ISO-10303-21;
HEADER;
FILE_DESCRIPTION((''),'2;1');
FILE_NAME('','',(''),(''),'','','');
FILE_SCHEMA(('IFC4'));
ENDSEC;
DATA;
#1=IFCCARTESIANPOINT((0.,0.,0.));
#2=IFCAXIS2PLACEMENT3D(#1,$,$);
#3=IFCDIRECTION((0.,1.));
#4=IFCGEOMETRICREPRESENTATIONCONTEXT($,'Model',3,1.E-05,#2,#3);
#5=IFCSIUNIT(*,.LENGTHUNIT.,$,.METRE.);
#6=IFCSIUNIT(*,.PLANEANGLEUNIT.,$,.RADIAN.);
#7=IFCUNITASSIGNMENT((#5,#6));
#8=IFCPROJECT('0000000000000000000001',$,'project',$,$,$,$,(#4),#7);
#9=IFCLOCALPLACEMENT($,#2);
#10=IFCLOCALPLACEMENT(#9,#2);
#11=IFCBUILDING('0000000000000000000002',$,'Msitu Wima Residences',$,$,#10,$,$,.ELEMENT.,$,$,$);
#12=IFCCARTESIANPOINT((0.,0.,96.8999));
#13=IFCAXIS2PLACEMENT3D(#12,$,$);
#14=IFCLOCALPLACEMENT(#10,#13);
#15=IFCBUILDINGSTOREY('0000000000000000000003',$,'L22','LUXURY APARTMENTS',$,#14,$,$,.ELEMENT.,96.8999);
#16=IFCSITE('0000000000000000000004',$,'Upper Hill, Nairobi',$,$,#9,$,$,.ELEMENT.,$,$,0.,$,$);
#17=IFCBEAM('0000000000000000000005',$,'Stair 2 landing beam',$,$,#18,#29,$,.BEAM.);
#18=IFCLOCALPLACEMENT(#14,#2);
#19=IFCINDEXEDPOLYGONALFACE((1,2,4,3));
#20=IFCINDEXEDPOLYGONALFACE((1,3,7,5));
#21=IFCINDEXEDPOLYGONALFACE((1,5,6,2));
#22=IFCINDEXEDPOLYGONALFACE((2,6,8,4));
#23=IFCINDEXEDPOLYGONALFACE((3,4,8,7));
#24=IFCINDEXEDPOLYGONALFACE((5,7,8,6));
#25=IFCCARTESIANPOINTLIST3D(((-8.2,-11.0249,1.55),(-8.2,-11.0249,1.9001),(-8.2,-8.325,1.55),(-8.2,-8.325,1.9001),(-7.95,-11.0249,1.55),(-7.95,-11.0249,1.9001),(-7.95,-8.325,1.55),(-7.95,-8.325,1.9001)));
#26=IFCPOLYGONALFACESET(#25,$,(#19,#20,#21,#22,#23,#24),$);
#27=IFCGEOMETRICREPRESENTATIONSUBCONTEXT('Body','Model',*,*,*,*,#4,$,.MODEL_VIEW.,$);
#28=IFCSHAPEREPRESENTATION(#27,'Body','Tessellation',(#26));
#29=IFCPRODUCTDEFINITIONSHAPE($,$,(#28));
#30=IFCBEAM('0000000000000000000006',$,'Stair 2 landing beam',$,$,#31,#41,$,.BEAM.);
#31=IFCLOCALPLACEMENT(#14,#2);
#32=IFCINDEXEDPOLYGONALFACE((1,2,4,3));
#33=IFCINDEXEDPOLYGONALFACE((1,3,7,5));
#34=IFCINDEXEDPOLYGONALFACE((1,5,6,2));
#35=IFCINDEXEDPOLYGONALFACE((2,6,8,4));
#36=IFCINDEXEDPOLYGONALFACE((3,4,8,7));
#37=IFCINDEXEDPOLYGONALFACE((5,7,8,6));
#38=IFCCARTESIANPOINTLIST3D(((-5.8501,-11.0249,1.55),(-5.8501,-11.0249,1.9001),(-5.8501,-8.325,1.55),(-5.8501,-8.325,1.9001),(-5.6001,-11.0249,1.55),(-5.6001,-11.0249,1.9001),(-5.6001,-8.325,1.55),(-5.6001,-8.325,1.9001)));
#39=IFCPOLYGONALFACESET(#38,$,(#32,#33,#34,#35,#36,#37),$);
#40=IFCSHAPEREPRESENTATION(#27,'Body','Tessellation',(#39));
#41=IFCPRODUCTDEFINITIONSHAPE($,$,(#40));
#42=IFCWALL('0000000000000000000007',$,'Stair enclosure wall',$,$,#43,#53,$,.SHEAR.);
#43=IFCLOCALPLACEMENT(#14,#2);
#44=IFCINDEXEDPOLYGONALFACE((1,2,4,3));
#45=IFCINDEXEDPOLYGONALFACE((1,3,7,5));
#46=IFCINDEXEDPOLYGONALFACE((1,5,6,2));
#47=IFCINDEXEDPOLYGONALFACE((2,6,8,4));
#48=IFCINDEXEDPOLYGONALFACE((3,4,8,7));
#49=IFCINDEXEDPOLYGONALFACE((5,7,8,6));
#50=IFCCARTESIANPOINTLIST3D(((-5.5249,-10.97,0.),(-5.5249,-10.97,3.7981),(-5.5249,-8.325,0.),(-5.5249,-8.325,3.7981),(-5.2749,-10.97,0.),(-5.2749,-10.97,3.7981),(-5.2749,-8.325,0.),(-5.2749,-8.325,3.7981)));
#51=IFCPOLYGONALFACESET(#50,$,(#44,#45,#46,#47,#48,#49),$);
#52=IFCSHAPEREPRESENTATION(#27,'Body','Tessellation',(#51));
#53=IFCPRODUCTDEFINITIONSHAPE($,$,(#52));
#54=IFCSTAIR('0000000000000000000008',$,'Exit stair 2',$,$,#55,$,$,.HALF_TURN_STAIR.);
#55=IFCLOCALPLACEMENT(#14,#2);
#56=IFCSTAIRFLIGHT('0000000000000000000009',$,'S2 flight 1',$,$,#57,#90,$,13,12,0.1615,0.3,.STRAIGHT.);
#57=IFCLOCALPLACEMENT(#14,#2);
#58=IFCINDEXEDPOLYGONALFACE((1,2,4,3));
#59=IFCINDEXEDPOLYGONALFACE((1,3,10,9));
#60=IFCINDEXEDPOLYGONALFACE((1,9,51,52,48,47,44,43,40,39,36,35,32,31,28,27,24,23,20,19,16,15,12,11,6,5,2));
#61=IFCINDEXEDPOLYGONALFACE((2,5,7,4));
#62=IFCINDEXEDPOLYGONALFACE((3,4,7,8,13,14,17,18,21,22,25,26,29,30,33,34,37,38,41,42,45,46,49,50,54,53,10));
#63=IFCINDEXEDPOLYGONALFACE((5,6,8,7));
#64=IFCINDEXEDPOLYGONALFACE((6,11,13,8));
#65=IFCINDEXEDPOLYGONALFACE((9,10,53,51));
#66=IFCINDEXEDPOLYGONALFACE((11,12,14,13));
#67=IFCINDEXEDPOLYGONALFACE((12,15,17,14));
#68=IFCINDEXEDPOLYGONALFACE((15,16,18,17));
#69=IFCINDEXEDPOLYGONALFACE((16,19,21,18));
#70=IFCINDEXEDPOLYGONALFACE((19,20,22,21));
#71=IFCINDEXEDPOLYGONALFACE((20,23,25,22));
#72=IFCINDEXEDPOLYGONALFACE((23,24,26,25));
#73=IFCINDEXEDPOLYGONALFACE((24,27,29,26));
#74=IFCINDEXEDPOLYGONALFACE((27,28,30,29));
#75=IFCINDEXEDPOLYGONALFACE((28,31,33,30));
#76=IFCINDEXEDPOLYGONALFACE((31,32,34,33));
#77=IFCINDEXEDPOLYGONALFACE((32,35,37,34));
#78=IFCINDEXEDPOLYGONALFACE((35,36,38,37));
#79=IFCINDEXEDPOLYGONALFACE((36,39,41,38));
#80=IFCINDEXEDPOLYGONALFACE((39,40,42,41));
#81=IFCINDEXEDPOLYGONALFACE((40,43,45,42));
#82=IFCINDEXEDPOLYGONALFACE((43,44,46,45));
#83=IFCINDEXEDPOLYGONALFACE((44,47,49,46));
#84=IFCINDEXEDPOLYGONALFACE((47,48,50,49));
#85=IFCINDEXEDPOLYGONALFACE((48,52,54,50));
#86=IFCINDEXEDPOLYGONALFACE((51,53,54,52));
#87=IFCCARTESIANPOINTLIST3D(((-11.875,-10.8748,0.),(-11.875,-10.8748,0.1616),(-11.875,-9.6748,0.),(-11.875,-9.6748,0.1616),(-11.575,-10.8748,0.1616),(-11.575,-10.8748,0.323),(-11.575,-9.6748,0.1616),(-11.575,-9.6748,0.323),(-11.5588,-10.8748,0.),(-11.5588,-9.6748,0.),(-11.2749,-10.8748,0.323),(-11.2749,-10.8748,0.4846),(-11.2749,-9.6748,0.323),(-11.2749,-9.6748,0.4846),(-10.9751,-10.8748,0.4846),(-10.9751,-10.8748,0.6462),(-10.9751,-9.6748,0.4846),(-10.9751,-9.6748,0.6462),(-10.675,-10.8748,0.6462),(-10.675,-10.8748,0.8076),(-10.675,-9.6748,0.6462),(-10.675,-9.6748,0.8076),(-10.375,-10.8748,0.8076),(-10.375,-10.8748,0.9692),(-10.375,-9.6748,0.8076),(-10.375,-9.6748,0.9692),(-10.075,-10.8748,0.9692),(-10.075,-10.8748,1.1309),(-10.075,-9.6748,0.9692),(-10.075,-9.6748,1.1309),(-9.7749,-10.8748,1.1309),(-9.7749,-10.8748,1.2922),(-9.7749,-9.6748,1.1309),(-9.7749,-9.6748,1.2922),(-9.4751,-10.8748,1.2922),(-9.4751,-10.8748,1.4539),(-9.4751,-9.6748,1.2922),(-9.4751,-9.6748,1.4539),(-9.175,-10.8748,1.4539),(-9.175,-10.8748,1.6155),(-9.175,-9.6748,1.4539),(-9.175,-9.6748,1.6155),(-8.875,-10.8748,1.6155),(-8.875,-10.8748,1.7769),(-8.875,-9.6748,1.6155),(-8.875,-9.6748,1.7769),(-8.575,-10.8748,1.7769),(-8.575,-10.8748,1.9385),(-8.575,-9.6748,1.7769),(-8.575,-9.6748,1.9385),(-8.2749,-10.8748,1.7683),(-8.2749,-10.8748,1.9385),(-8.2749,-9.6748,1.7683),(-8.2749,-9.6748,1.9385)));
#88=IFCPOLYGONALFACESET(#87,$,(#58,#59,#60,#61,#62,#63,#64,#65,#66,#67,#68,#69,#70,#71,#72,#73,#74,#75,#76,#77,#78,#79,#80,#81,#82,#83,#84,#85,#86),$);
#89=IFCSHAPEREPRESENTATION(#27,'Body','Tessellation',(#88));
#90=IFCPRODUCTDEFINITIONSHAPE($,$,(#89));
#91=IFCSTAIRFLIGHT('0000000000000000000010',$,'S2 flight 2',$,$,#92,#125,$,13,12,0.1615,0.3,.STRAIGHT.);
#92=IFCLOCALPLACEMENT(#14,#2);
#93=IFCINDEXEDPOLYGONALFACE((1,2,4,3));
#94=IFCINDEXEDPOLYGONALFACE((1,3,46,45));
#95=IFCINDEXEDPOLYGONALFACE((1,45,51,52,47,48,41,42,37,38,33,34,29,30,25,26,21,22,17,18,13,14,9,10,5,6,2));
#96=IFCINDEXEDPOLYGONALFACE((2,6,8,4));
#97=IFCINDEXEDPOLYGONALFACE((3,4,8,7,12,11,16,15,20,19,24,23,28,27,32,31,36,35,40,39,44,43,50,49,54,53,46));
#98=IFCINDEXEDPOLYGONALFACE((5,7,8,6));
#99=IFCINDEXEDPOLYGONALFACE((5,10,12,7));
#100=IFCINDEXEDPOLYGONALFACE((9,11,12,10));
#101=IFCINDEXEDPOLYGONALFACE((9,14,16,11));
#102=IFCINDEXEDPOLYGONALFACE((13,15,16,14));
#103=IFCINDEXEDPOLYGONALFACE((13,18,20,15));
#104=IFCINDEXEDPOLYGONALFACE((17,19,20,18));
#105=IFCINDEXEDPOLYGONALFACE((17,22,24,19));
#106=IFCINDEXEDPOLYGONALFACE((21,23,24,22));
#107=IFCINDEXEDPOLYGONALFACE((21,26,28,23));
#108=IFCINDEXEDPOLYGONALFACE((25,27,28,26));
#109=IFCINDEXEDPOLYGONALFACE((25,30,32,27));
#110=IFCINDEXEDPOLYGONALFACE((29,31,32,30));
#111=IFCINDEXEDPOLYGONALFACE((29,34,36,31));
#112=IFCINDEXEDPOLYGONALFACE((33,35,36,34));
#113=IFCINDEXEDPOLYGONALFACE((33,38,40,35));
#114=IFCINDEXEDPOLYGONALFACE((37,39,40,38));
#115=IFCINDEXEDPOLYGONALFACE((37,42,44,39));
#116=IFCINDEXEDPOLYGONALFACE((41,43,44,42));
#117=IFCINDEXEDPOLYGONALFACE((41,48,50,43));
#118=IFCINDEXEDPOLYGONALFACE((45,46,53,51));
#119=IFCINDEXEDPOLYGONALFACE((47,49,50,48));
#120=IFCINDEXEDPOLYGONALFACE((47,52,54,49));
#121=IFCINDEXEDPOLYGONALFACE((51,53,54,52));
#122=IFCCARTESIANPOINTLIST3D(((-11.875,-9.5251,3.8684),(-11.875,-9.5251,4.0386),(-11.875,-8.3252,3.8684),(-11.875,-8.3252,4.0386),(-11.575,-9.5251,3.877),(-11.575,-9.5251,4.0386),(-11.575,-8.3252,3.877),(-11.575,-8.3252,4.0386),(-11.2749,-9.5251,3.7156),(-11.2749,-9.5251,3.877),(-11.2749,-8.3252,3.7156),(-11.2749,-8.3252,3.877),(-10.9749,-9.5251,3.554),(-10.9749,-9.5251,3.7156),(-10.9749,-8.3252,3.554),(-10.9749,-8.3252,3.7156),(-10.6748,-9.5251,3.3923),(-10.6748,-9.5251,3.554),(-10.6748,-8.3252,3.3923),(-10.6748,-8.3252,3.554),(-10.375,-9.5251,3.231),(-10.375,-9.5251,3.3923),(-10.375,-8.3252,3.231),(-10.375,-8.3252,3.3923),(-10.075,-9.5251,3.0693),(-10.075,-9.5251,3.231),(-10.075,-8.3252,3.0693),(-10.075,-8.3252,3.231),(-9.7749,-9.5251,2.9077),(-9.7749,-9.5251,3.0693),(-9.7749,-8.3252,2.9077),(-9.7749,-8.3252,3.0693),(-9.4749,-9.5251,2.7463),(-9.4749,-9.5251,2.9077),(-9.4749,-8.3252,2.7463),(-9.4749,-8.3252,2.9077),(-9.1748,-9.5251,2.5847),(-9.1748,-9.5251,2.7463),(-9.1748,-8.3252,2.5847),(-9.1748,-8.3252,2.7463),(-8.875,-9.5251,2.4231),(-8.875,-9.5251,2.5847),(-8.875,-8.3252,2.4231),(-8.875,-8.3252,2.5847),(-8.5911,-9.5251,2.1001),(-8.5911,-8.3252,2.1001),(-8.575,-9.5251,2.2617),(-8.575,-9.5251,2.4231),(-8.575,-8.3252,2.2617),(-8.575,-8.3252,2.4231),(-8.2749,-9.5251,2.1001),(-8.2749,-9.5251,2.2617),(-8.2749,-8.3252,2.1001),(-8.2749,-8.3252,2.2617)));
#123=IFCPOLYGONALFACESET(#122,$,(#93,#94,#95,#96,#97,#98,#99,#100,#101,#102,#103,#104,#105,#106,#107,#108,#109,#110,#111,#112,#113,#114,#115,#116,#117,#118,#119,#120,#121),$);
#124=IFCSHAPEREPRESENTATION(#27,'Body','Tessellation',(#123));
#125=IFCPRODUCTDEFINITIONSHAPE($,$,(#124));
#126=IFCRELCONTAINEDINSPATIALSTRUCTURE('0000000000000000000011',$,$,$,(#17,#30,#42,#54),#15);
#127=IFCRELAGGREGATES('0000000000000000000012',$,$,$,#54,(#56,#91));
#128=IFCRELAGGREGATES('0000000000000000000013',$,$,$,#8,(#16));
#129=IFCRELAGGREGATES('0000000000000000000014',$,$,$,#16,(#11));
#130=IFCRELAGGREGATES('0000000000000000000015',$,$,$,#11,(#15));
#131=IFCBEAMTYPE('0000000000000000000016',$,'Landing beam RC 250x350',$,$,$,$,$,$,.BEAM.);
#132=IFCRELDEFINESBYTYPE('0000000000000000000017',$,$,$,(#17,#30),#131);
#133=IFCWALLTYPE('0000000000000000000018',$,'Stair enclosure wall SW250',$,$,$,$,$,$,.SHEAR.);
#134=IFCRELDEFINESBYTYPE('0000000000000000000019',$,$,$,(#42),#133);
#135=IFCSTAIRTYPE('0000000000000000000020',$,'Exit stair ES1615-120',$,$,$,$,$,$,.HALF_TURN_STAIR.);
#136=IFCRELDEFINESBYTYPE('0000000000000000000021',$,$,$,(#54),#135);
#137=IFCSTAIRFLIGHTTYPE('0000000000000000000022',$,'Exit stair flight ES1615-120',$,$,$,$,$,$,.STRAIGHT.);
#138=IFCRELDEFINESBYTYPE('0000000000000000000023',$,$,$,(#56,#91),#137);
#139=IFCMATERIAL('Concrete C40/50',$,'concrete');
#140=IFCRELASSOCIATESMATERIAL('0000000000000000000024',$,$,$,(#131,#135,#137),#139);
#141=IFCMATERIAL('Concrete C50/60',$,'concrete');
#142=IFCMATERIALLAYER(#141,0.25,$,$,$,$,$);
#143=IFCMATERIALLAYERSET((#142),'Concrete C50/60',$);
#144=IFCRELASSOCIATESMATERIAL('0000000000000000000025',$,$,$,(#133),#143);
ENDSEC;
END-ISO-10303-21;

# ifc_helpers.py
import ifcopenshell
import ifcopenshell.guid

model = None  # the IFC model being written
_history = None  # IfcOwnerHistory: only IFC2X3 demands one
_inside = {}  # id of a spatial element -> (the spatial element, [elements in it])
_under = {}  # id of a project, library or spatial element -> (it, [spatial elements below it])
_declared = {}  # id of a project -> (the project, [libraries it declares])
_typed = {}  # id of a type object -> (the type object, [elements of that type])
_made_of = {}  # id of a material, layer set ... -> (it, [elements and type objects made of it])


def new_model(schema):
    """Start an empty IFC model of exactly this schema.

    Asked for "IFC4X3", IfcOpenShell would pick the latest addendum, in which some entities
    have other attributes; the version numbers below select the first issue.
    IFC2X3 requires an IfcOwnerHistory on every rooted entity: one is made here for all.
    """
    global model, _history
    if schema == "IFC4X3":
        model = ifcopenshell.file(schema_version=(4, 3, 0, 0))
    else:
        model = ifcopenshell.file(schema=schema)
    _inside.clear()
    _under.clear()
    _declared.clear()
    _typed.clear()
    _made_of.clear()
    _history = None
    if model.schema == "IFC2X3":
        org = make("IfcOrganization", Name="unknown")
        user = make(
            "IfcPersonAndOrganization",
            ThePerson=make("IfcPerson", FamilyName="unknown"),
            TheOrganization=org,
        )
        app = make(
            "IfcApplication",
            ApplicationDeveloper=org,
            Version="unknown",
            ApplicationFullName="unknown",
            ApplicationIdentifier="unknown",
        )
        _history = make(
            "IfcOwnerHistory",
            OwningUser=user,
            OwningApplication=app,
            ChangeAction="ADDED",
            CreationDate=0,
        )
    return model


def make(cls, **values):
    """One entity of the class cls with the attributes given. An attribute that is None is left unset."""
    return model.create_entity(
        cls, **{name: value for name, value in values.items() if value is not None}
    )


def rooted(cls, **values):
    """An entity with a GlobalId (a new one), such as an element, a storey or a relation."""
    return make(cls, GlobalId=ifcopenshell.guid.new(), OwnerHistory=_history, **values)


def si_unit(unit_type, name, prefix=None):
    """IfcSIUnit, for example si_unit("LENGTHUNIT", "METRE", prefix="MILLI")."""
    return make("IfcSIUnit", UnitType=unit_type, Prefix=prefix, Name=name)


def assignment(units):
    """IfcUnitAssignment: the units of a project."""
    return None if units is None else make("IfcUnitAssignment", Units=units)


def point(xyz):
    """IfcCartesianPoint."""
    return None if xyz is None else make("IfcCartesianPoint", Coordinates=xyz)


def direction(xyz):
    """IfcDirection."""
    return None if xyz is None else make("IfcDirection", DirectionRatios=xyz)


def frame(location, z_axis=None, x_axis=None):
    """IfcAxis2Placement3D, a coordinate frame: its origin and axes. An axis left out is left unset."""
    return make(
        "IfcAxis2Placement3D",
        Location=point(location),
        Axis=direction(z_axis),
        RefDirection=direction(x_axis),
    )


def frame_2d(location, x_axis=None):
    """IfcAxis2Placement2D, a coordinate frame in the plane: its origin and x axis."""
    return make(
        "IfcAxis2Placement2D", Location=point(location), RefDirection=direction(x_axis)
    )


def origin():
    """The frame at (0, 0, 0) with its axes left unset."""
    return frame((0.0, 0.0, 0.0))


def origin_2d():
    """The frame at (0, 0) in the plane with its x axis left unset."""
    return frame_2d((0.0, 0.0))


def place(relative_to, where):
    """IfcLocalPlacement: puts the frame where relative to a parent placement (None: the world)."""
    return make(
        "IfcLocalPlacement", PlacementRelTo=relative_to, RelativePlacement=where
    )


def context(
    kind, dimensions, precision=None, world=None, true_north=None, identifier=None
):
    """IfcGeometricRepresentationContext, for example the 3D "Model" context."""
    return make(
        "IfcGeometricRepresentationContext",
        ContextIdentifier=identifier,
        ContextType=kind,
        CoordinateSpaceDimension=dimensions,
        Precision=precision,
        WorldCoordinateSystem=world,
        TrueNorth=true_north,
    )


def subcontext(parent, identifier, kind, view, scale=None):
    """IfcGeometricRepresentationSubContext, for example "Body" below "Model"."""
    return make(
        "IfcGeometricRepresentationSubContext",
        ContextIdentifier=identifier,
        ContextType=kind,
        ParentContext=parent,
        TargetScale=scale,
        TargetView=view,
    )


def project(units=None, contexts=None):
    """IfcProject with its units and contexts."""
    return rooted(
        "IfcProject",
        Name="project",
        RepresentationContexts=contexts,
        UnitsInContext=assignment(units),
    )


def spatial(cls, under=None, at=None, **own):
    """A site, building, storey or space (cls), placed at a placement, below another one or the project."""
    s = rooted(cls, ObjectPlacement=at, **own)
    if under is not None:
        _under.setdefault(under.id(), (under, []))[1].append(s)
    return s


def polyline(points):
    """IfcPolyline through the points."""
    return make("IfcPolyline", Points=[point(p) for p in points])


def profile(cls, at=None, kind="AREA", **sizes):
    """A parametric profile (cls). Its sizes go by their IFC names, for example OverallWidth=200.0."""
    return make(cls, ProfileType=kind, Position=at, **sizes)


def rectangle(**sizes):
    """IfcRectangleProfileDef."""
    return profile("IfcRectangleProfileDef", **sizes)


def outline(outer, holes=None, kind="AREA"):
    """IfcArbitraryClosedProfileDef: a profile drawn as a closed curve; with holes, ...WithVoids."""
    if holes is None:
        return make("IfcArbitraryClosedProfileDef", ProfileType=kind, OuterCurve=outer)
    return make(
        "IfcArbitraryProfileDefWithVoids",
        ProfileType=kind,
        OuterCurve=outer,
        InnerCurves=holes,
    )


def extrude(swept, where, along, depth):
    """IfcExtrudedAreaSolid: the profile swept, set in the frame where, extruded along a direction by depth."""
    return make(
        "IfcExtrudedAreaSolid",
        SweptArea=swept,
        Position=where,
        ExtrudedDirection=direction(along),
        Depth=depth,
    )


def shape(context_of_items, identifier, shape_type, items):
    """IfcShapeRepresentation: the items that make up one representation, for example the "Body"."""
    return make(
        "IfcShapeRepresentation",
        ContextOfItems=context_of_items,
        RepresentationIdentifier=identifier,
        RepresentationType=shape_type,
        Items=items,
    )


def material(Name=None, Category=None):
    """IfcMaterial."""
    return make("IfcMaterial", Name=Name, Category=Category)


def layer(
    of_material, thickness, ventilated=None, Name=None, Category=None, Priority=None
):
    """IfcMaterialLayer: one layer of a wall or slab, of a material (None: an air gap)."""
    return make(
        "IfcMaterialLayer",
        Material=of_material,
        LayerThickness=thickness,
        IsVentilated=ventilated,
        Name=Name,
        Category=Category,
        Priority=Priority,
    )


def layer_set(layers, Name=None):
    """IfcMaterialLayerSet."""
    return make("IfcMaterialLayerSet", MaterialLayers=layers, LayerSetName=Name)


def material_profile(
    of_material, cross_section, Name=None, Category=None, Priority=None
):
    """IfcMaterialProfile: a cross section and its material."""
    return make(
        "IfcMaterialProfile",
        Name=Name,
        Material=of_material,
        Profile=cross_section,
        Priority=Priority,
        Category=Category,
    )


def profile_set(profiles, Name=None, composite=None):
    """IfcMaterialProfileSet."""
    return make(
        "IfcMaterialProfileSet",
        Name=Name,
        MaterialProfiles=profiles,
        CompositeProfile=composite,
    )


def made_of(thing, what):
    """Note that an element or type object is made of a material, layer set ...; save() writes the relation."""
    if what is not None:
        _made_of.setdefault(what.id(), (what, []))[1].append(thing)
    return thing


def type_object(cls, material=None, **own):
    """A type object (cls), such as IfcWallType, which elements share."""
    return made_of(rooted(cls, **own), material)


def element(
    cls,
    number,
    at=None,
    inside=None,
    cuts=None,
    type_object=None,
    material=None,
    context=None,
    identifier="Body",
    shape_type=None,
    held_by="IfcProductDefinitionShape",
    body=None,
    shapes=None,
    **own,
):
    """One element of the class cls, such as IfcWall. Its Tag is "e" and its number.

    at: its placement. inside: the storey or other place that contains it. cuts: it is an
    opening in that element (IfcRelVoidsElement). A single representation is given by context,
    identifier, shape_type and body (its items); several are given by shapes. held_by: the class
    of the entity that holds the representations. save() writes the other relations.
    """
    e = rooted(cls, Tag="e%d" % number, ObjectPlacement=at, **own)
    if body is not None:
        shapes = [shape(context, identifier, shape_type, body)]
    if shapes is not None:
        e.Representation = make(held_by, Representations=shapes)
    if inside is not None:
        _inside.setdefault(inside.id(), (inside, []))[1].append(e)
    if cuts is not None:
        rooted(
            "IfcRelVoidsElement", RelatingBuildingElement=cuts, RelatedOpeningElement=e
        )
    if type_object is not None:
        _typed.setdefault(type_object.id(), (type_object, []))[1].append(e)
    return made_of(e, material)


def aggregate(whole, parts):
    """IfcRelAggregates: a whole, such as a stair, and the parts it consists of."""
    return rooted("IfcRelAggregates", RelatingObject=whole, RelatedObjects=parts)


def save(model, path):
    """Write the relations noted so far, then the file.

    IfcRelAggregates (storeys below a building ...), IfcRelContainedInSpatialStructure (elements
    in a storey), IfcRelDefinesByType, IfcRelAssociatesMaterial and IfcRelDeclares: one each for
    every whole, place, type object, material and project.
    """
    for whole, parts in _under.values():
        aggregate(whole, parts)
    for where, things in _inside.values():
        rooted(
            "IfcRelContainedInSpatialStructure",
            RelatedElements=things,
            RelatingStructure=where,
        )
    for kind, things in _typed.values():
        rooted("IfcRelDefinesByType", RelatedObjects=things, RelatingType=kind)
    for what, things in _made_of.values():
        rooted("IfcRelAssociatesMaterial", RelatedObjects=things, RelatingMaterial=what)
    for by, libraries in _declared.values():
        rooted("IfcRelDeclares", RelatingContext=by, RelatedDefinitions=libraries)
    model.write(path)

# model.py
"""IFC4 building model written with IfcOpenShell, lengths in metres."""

from ifc_helpers import new_model, si_unit, direction, frame, frame_2d, origin, origin_2d, place, context, subcontext, project, spatial, polyline, rectangle, outline, extrude, material, layer, layer_set, material_profile, profile_set, type_object, element, aggregate, save


model = new_model("IFC4")

# Units and contexts
model_context = context("Model", 3, precision=1e-05, world=origin(), true_north=direction((0.0, 1.0)))
body_context = subcontext(model_context, "Body", "Model", "MODEL_VIEW")
ifc_project = project(units=[si_unit("LENGTHUNIT", "METRE"), si_unit("PLANEANGLEUNIT", "RADIAN")], contexts=[model_context])

# Site, building, storey
site_placement = place(None, origin())
site = spatial("IfcSite", under=ifc_project, at=site_placement, Name="Upper Hill, Nairobi", CompositionType="ELEMENT", RefElevation=0.0)
building_placement = place(site_placement, origin())
building = spatial("IfcBuilding", under=site, at=building_placement, Name="Msitu Wima Residences", CompositionType="ELEMENT")
storey_placement = place(building_placement, frame((0.0, 0.0, 96.8999)))
storey = spatial("IfcBuildingStorey", under=building, at=storey_placement, Name="L22", Description="LUXURY APARTMENTS", CompositionType="ELEMENT", Elevation=96.8999)

# Beams
ifc_material_1 = material(Name="Concrete C40/50", Category="concrete")
ifc_material_profile = material_profile(ifc_material_1, rectangle(XDim=0.25, YDim=0.3501, at=origin_2d()), Name="RC 250x350")
ifc_profile_set = profile_set([ifc_material_profile], Name="Concrete C40/50")
beam_type = type_object("IfcBeamType", Name="Landing beam RC 250x350", PredefinedType="BEAM", material=ifc_profile_set)
for number, where, z_axis, x_axis, name in (
    (1, (-8.075, -11.0249, 1.7251), (0.0, 1.0, 0.0), (-1.0, 0.0, 0.0), "Stair 2 landing beam"),
    (2, (-5.7251, -11.0249, 1.7251), (0.0, 1.0, 0.0), (-1.0, 0.0, 0.0), "Stair 2 landing beam"),
):
    element("IfcBeam", number, at=place(storey_placement, frame(where, z_axis=z_axis, x_axis=x_axis)), inside=storey, type_object=beam_type, Name=name, PredefinedType="BEAM", context=body_context, shape_type="SweptSolid", body=[
        extrude(rectangle(XDim=0.25, YDim=0.3501, at=origin_2d()), origin(), (0.0, 0.0, 1.0), 2.7),
    ])

# Wall
ifc_material_2 = material(Name="Concrete C50/60", Category="concrete")
ifc_layer_1 = layer(ifc_material_2, 0.25)
ifc_layer_set_1 = layer_set([ifc_layer_1], Name="Concrete C50/60")
wall_type_1 = type_object("IfcWallType", Name="Stair enclosure wall SW250", PredefinedType="SHEAR", material=ifc_layer_set_1)
wall_1_placement = place(storey_placement, frame((-5.3999, -10.97, 0.0), z_axis=(0.0, 0.0, 1.0), x_axis=(0.0, 1.0, 0.0)))
element("IfcWall", 3, at=wall_1_placement, inside=storey, type_object=wall_type_1, Name="Stair enclosure wall", PredefinedType="SHEAR", context=body_context, shape_type="SweptSolid", body=[
    extrude(rectangle(XDim=2.645, YDim=0.25, at=frame_2d((1.3225, 0.0))), origin(), (0.0, 0.0, 1.0), 3.7981),
])

# Stair, stair flights
stair_type = type_object("IfcStairType", Name="Exit stair ES1615-120", PredefinedType="HALF_TURN_STAIR", material=ifc_material_1)
stair_placement = place(storey_placement, origin())
stair = element("IfcStair", 4, at=stair_placement, inside=storey, type_object=stair_type, Name="Exit stair 2", PredefinedType="HALF_TURN_STAIR")
stair_flight_type = type_object("IfcStairFlightType", Name="Exit stair flight ES1615-120", PredefinedType="STRAIGHT", material=ifc_material_1)
stair_flight_1_placement = place(storey_placement, frame((-11.875, -10.2749, 0.0), z_axis=(0.0, 0.0, 1.0), x_axis=(1.0, 0.0, 0.0)))
stair_flight_1 = element("IfcStairFlight", 5, at=stair_flight_1_placement, type_object=stair_flight_type, Name="S2 flight 1", NumberOfRisers=13, NumberOfTreads=12, PredefinedType="STRAIGHT", RiserHeight=0.1615, TreadLength=0.3, context=body_context, shape_type="SweptSolid", body=[
    extrude(outline(polyline([(0.0, 0.0), (0.0, 0.1616), (0.3, 0.1616), (0.3, 0.323), (0.6001, 0.323), (0.6001, 0.4846), (0.8999, 0.4846), (0.8999, 0.6462), (1.2, 0.6462), (1.2, 0.8076), (1.5, 0.8076), (1.5, 0.9692), (1.8, 0.9692), (1.8, 1.1309), (2.1001, 1.1309), (2.1001, 1.2922), (2.3999, 1.2922), (2.3999, 1.4539), (2.7, 1.4539), (2.7, 1.6155), (3.0, 1.6155), (3.0, 1.7769), (3.3, 1.7769), (3.3, 1.9385), (3.6001, 1.9385), (3.6001, 2.1001), (3.6001, 1.7683), (0.3162, 0.0), (0.0, 0.0)])), frame((0.0, 0.6001, 0.0), z_axis=(0.0, -1.0, 0.0), x_axis=(1.0, 0.0, 0.0)), (0.0, 0.0, 1.0), 1.2),
])
stair_flight_2_placement = place(storey_placement, frame((-8.2749, -8.925, 2.1001), z_axis=(0.0, 0.0, 1.0), x_axis=(-1.0, 0.0, 0.0)))
stair_flight_2 = element("IfcStairFlight", 6, at=stair_flight_2_placement, type_object=stair_flight_type, Name="S2 flight 2", NumberOfRisers=13, NumberOfTreads=12, PredefinedType="STRAIGHT", RiserHeight=0.1615, TreadLength=0.3, context=body_context, shape_type="SweptSolid", body=[
    extrude(outline(polyline([(0.0, 0.0), (0.0, 0.1616), (0.3, 0.1616), (0.3, 0.323), (0.6001, 0.323), (0.6001, 0.4846), (0.8999, 0.4846), (0.8999, 0.6462), (1.2, 0.6462), (1.2, 0.8076), (1.5, 0.8076), (1.5, 0.9692), (1.8, 0.9692), (1.8, 1.1309), (2.1001, 1.1309), (2.1001, 1.2922), (2.3999, 1.2922), (2.3999, 1.4539), (2.7, 1.4539), (2.7, 1.6155), (3.0, 1.6155), (3.0, 1.7769), (3.3, 1.7769), (3.3, 1.9385), (3.6001, 1.9385), (3.6001, 2.1001), (3.6001, 1.7683), (0.3162, 0.0), (0.0, 0.0)])), frame((0.0, 0.6001, 0.0), z_axis=(0.0, -1.0, 0.0), x_axis=(1.0, 0.0, 0.0)), (0.0, 0.0, 1.0), 1.2),
])
aggregate(stair, [stair_flight_1, stair_flight_2])

save(model, "model.ifc")
